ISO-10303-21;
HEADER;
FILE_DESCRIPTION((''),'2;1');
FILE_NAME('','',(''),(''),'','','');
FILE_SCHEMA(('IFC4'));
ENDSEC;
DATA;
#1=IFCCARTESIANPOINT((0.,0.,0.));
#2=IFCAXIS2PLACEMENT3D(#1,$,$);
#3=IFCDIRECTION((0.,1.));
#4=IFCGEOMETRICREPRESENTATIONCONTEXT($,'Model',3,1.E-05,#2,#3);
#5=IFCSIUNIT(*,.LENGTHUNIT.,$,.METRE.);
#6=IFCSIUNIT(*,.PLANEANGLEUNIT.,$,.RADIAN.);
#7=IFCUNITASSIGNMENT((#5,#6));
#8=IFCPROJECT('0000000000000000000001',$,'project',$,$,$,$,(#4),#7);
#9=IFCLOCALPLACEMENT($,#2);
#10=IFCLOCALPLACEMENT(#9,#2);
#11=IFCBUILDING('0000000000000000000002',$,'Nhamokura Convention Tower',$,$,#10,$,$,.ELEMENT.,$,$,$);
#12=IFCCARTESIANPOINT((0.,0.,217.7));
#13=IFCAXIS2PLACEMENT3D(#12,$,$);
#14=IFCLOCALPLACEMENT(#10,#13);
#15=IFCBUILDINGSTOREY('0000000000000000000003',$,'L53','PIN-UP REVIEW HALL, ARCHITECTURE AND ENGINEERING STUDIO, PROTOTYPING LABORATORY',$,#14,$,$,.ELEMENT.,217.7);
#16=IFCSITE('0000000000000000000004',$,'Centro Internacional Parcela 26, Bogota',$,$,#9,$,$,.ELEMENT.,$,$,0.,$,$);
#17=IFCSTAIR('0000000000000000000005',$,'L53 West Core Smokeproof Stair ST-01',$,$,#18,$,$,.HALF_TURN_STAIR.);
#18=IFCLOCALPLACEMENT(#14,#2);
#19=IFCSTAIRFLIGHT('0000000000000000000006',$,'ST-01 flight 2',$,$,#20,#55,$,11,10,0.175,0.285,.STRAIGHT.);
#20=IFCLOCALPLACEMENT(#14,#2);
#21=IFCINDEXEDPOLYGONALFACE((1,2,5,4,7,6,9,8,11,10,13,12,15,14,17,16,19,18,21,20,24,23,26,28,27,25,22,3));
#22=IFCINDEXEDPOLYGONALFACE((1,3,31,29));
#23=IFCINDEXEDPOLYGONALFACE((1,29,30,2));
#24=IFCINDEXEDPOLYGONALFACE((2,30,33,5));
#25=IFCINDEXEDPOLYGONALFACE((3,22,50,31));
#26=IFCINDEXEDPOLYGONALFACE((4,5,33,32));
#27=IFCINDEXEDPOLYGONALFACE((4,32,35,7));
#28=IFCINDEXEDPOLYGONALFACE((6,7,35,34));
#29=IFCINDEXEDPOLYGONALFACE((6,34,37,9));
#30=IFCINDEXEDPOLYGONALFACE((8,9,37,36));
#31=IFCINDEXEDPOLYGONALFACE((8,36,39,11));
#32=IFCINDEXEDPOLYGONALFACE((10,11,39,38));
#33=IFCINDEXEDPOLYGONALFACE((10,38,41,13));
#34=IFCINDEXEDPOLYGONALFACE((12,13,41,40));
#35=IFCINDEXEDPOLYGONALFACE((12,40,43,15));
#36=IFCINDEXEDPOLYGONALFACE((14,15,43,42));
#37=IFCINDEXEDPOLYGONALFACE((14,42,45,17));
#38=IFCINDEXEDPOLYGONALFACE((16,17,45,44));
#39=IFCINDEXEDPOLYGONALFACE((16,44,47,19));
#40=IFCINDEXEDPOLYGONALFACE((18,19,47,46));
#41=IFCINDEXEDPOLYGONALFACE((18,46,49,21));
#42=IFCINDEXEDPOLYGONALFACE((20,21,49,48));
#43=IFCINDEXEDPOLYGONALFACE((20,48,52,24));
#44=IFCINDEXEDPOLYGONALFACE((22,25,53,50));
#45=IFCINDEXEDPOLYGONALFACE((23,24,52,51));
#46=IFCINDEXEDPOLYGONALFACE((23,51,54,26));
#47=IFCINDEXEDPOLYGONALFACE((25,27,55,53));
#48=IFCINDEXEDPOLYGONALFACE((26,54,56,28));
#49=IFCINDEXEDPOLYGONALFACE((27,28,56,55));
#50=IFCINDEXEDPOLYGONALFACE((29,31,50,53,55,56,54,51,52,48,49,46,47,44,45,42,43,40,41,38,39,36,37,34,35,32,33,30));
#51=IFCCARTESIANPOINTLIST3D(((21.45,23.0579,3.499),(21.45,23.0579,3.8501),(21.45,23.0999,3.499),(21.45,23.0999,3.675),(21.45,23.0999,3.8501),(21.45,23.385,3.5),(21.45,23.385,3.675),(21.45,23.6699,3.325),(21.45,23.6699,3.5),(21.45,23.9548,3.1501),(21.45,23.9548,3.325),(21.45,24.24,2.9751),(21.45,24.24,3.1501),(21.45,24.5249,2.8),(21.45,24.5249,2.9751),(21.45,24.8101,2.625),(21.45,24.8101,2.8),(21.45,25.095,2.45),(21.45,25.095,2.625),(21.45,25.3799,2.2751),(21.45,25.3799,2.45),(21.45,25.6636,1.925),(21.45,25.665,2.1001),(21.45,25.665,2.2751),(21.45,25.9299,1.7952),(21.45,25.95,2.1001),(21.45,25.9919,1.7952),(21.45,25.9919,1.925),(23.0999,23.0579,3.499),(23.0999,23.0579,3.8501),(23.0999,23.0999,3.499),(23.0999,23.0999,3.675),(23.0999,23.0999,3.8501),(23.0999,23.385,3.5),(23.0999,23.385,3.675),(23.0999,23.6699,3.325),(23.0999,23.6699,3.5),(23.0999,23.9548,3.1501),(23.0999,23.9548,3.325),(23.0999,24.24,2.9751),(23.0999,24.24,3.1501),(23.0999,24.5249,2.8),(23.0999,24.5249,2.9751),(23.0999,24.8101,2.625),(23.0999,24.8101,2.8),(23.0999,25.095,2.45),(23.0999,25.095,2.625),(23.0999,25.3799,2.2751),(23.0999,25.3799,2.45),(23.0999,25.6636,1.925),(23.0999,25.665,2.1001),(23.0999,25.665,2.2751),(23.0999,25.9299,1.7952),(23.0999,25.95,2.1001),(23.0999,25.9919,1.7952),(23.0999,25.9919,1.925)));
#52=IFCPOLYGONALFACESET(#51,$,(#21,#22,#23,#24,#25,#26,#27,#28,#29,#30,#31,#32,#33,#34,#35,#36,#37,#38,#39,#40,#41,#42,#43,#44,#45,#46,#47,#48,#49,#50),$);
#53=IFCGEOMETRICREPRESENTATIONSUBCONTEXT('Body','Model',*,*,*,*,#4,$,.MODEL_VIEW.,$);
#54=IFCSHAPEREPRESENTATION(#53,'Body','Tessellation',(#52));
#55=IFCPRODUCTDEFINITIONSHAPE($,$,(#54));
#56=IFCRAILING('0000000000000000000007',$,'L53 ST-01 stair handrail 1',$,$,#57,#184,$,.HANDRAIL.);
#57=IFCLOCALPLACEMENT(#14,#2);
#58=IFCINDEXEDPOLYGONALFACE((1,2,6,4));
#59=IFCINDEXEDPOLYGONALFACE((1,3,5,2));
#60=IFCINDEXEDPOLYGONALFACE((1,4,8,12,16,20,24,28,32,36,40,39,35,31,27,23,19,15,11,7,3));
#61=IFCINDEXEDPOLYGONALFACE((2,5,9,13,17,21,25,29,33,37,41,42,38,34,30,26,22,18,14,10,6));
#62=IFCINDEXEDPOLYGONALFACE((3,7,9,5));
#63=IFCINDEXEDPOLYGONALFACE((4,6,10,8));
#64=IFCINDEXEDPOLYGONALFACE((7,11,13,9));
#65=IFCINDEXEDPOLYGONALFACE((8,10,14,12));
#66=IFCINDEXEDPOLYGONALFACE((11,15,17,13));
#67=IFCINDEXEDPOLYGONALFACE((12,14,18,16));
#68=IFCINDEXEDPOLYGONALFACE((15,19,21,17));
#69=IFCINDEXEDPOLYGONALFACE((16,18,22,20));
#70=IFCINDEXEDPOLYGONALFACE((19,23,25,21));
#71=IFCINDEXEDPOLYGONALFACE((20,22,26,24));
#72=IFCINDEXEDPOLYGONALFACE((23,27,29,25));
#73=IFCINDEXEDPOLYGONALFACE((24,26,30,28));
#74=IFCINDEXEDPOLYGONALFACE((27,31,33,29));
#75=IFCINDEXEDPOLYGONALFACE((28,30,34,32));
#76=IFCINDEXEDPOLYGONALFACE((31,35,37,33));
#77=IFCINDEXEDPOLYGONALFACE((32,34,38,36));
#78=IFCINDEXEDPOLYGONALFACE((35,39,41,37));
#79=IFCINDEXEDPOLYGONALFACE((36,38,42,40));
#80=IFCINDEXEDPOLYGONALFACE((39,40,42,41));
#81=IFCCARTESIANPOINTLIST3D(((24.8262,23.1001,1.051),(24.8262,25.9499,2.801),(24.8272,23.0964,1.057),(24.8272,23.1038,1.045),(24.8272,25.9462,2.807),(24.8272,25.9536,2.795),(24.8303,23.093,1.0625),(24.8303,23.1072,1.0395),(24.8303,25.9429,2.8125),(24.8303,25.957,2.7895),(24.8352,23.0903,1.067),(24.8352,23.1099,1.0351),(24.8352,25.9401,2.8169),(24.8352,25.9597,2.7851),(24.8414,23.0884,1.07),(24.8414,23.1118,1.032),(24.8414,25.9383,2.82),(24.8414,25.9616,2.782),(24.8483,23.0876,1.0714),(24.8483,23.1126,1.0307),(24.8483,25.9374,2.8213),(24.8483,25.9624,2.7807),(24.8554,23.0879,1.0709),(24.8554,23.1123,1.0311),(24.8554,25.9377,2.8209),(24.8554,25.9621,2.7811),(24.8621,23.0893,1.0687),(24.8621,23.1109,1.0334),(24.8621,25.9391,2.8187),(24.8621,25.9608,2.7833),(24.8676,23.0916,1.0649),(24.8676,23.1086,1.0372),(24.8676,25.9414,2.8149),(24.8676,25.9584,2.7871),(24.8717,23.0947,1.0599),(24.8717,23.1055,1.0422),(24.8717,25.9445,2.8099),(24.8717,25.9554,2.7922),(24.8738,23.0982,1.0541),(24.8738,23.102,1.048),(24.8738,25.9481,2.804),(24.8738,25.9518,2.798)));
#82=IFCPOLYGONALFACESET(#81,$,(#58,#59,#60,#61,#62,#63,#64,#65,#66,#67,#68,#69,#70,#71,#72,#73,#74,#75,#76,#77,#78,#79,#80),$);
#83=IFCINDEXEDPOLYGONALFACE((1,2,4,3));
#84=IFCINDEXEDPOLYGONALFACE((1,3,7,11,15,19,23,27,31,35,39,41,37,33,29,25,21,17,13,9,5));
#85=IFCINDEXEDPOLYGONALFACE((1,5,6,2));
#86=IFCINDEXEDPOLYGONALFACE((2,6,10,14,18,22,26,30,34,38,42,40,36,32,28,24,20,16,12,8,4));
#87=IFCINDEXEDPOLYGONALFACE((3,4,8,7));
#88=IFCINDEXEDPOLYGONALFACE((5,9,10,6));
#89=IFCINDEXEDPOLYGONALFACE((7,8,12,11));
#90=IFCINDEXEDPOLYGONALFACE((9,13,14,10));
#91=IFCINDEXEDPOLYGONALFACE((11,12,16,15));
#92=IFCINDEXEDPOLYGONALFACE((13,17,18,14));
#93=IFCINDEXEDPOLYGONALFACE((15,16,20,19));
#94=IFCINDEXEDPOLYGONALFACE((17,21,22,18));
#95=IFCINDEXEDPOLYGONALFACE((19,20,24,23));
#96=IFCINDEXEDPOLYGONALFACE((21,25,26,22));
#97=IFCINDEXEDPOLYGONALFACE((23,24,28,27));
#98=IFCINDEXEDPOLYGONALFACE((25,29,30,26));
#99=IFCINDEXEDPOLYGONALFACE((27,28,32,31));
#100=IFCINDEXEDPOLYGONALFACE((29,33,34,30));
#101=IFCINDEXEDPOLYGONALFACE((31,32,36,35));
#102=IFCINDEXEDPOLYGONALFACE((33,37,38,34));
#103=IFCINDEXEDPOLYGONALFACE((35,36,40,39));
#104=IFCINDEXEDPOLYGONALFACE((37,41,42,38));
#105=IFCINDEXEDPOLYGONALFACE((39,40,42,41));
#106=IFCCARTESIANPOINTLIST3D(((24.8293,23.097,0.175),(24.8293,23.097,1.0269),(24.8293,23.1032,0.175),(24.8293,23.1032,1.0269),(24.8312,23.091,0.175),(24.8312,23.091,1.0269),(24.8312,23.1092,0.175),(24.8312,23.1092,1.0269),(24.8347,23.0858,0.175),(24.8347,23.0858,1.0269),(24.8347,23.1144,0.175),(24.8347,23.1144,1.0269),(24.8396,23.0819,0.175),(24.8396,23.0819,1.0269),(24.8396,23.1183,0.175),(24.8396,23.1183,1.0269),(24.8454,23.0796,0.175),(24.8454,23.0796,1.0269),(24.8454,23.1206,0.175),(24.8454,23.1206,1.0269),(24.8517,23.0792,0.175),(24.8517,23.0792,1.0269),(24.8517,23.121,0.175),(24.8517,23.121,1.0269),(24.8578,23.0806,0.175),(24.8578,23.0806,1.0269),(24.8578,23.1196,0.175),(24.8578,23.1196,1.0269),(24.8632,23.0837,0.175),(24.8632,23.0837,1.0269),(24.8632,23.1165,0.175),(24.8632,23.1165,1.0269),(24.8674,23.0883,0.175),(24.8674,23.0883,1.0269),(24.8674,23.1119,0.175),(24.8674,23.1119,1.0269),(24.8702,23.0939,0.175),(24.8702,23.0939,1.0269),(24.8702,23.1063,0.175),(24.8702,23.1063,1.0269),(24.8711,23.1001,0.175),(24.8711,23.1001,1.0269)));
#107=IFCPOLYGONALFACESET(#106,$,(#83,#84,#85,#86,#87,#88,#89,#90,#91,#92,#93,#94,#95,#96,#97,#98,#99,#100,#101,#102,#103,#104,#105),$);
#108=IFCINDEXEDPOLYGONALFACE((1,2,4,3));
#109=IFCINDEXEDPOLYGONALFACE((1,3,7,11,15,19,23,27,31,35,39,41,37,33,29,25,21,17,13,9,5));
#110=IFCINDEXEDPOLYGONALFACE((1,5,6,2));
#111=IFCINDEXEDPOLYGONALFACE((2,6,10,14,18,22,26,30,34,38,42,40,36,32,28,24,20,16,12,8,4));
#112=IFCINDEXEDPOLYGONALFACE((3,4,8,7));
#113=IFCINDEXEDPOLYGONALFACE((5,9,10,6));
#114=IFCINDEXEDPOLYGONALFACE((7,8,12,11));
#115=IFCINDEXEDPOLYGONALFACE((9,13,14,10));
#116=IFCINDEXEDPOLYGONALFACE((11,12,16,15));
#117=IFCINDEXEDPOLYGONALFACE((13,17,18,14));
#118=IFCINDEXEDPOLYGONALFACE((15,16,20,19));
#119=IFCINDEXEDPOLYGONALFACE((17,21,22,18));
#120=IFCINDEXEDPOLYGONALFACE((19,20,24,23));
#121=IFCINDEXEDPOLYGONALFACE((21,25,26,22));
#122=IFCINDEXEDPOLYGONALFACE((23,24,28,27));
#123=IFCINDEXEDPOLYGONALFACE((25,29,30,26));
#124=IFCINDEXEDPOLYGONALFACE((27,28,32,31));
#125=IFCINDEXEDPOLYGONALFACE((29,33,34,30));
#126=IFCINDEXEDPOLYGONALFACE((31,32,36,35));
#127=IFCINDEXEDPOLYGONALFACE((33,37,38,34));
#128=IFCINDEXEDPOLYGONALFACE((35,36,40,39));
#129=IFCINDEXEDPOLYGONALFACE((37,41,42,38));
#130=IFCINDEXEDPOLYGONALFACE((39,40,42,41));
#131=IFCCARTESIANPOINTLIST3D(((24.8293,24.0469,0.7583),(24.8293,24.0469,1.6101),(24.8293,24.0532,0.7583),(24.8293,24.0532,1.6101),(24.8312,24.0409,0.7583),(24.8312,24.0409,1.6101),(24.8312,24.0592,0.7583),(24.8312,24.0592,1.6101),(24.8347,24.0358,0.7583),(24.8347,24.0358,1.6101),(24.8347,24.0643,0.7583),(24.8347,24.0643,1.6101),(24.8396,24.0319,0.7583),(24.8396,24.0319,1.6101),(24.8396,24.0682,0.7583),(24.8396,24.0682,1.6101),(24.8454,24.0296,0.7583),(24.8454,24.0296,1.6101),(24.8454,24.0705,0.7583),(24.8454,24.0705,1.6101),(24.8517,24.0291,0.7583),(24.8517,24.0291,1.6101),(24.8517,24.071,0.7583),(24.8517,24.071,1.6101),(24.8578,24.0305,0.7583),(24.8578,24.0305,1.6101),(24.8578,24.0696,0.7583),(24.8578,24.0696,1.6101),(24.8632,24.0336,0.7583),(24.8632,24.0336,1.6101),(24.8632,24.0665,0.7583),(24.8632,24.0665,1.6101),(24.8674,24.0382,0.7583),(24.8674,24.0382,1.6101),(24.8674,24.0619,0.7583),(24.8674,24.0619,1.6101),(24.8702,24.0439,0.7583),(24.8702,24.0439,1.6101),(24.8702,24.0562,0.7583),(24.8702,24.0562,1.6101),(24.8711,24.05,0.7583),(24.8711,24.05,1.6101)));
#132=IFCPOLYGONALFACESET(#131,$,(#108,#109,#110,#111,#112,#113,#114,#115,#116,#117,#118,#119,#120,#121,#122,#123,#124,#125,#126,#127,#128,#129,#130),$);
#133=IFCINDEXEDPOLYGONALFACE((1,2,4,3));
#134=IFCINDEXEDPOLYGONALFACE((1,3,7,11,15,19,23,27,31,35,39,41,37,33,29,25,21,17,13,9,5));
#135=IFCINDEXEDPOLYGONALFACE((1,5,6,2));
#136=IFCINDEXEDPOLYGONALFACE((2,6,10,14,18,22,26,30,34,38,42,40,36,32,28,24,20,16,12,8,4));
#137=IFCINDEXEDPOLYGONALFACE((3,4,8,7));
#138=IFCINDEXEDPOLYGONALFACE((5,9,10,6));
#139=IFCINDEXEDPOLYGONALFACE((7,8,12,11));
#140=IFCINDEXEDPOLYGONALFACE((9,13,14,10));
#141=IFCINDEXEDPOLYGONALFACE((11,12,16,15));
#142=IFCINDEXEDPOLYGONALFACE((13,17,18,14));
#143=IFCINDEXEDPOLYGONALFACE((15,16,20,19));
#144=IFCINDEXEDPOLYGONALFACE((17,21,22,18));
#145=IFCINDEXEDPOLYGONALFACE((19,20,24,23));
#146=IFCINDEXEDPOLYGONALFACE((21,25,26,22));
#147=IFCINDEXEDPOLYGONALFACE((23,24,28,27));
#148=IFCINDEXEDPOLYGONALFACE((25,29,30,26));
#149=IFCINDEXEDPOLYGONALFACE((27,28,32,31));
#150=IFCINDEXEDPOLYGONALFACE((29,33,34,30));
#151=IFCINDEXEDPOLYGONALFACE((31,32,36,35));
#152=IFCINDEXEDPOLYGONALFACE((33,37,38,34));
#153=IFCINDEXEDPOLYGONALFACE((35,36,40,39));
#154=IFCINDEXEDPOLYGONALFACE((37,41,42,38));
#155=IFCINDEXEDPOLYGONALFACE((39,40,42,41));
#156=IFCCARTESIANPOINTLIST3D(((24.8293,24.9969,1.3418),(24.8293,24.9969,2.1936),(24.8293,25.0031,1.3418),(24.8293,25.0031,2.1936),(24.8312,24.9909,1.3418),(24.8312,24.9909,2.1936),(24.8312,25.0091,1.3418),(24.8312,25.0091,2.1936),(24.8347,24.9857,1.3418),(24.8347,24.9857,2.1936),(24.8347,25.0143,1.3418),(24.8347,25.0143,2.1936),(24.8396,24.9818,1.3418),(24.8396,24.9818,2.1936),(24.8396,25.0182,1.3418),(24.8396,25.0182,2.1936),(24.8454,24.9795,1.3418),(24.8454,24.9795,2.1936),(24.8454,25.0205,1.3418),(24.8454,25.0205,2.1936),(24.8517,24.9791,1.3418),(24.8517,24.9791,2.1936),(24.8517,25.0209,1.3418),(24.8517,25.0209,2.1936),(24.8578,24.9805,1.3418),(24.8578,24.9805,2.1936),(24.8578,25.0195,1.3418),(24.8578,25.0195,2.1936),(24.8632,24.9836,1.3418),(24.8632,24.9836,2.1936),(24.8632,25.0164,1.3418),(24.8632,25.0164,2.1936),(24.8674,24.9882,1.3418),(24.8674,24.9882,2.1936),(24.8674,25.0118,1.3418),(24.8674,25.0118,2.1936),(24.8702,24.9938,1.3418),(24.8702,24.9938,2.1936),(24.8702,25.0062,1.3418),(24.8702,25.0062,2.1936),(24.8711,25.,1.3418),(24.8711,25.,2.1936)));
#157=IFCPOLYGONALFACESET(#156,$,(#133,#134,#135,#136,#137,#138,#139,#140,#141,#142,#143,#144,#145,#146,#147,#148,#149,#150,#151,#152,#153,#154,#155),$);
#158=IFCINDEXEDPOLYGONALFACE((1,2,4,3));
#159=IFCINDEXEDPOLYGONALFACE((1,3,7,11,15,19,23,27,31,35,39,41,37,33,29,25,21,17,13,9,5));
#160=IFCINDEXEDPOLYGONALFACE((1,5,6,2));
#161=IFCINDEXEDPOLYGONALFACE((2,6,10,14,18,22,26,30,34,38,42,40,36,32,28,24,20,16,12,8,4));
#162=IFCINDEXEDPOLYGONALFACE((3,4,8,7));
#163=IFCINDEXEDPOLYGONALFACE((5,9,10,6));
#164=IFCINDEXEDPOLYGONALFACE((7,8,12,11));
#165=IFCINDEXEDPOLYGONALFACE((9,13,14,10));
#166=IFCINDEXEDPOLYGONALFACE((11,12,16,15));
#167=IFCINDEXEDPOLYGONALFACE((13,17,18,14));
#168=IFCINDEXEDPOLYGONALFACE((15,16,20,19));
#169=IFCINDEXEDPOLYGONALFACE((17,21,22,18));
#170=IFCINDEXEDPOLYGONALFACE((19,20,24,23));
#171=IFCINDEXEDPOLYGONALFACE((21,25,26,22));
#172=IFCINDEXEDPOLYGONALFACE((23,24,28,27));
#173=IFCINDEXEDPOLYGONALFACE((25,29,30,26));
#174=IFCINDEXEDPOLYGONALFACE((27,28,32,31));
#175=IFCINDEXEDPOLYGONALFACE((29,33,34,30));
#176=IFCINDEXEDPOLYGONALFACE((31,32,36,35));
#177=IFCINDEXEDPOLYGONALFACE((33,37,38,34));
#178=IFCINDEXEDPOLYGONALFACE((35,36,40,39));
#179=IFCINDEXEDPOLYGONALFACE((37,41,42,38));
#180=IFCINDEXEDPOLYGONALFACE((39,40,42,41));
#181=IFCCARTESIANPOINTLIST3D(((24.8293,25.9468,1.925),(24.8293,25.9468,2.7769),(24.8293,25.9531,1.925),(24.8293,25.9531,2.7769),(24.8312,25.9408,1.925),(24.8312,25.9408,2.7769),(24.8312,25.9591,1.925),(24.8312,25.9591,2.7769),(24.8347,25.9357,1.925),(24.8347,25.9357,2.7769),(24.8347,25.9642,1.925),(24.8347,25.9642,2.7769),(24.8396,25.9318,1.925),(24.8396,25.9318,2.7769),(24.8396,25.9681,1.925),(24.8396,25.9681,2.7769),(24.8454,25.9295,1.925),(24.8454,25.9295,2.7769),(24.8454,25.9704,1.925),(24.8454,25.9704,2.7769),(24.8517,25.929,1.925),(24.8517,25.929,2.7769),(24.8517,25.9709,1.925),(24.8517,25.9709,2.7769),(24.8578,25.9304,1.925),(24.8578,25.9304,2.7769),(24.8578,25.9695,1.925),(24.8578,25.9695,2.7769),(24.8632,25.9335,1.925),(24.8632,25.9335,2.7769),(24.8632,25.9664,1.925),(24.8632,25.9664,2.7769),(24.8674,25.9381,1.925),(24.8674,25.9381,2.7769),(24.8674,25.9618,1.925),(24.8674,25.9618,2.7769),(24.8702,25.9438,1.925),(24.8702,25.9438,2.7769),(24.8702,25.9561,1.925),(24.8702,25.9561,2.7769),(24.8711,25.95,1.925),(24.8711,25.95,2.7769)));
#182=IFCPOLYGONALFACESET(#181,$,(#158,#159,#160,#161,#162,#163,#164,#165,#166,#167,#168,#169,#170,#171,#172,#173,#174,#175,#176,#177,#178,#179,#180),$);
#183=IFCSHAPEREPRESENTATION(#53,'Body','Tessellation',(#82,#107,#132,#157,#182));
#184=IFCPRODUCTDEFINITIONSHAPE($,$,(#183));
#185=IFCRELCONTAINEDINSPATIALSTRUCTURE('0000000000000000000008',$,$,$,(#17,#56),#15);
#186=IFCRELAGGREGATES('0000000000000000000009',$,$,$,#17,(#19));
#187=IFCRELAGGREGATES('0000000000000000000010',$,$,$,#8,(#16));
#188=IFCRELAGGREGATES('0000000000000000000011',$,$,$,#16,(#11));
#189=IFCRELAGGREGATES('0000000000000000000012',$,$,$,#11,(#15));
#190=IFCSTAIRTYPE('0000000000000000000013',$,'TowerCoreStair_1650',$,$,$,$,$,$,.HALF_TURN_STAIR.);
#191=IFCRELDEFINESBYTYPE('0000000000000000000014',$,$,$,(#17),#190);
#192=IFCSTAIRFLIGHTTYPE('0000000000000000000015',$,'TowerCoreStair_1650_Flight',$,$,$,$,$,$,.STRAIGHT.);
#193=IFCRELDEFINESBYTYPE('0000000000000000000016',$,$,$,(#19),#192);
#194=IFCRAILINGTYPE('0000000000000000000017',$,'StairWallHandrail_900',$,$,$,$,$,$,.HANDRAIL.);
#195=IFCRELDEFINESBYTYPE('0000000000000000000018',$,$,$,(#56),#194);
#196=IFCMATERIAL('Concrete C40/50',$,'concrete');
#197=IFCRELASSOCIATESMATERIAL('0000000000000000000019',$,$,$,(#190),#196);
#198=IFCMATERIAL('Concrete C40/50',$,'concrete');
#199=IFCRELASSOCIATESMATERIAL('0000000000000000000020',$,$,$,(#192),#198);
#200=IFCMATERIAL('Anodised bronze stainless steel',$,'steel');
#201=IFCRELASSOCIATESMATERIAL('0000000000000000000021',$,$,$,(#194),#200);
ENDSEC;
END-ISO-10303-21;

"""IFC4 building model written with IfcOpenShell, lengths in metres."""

from ifc_helpers import new_model, si_unit, direction, frame, origin, origin_2d, place, context, subcontext, project, spatial, polyline, circle, outline, extrude, material, type_object, element, aggregate, save


model = new_model("IFC4")

# Units and contexts
model_context = context("Model", 3, precision=1e-05, world=origin(), true_north=direction((0.0, 1.0)))
body_context = subcontext(model_context, "Body", "Model", "MODEL_VIEW")
ifc_project = project(units=[si_unit("LENGTHUNIT", "METRE"), si_unit("PLANEANGLEUNIT", "RADIAN")], contexts=[model_context])

# Site, building, storey
site_placement = place(None, origin())
site = spatial("IfcSite", under=ifc_project, at=site_placement, Name="Centro Internacional Parcela 26, Bogota", CompositionType="ELEMENT", RefElevation=0.0)
building_placement = place(site_placement, origin())
building = spatial("IfcBuilding", under=site, at=building_placement, Name="Nhamokura Convention Tower", CompositionType="ELEMENT")
storey_placement = place(building_placement, frame((0.0, 0.0, 217.7)))
storey = spatial("IfcBuildingStorey", under=building, at=storey_placement, Name="L53", Description="PIN-UP REVIEW HALL, ARCHITECTURE AND ENGINEERING STUDIO, PROTOTYPING LABORATORY", CompositionType="ELEMENT", Elevation=217.7)

# Stair, stair flight
ifc_material_1 = material(Name="Concrete C40/50", Category="concrete")
stair_type = type_object("IfcStairType", Name="TowerCoreStair_1650", PredefinedType="HALF_TURN_STAIR", material=ifc_material_1)
stair_placement = place(storey_placement, origin())
stair = element("IfcStair", 1, at=stair_placement, inside=storey, type_object=stair_type, Name="L53 West Core Smokeproof Stair ST-01", PredefinedType="HALF_TURN_STAIR")
ifc_material_2 = material(Name="Concrete C40/50", Category="concrete")
stair_flight_type = type_object("IfcStairFlightType", Name="TowerCoreStair_1650_Flight", PredefinedType="STRAIGHT", material=ifc_material_2)
stair_flight_1_placement = place(storey_placement, frame((22.2749, 25.95, 1.925), z_axis=(0.0, 0.0, 1.0), x_axis=(0.0, -1.0, 0.0)))
stair_flight_1 = element("IfcStairFlight", 2, at=stair_flight_1_placement, type_object=stair_flight_type, Name="ST-01 flight 2", NumberOfRisers=11, NumberOfTreads=10, PredefinedType="STRAIGHT", RiserHeight=0.175, TreadLength=0.285, context=body_context, shape_type="SweptSolid", body=[
    extrude(outline(polyline([(-0.042, 0.0), (0.0, 0.175), (0.2849, 0.175), (0.2849, 0.3501), (0.5701, 0.3501), (0.5701, 0.5249), (0.855, 0.5249), (0.855, 0.7), (1.1399, 0.7), (1.1399, 0.875), (1.425, 0.875), (1.425, 1.05), (1.71, 1.05), (1.71, 1.2251), (1.9951, 1.2251), (1.9951, 1.3999), (2.28, 1.3999), (2.28, 1.575), (2.5649, 1.575), (2.5649, 1.75), (2.8501, 1.75), (2.8501, 1.925), (2.8921, 1.925), (2.8921, 1.574), (2.8501, 1.574), (0.2864, 0.0), (0.02, -0.1299), (-0.042, -0.1299), (-0.042, 0.0)])), frame((0.0, 0.825, 0.0), z_axis=(0.0, -1.0, 0.0), x_axis=(1.0, 0.0, 0.0)), (0.0, 0.0, 1.0), 1.6499),
])
aggregate(stair, [stair_flight_1])

# Railing
ifc_material_3 = material(Name="Anodised bronze stainless steel", Category="steel")
railing_type_1 = type_object("IfcRailingType", Name="StairWallHandrail_900", PredefinedType="HANDRAIL", material=ifc_material_3)
railing_1_placement = place(storey_placement, frame((24.8501, 23.1001, 0.175)))
element("IfcRailing", 3, at=railing_1_placement, inside=storey, type_object=railing_type_1, Name="L53 ST-01 stair handrail 1", PredefinedType="HANDRAIL", context=body_context, shape_type="SweptSolid", body=[
    extrude(circle(Radius=0.0239, at=origin_2d()), frame((0.0, 0.0, 0.876), z_axis=(0.0, 0.852159, 0.523283), x_axis=(-1.0, 0.0, 0.0)), (0.0, 0.0, 1.0), 3.3442),
    extrude(circle(Radius=0.021, at=origin_2d()), origin(), (0.0, 0.0, 1.0), 0.8518),
    extrude(circle(Radius=0.021, at=origin_2d()), frame((0.0, 0.95, 0.5833)), (0.0, 0.0, 1.0), 0.8518),
    extrude(circle(Radius=0.021, at=origin_2d()), frame((0.0, 1.8999, 1.1667)), (0.0, 0.0, 1.0), 0.8518),
    extrude(circle(Radius=0.021, at=origin_2d()), frame((0.0, 2.8499, 1.75)), (0.0, 0.0, 1.0), 0.8518),
])

save(model, "model.ifc")
